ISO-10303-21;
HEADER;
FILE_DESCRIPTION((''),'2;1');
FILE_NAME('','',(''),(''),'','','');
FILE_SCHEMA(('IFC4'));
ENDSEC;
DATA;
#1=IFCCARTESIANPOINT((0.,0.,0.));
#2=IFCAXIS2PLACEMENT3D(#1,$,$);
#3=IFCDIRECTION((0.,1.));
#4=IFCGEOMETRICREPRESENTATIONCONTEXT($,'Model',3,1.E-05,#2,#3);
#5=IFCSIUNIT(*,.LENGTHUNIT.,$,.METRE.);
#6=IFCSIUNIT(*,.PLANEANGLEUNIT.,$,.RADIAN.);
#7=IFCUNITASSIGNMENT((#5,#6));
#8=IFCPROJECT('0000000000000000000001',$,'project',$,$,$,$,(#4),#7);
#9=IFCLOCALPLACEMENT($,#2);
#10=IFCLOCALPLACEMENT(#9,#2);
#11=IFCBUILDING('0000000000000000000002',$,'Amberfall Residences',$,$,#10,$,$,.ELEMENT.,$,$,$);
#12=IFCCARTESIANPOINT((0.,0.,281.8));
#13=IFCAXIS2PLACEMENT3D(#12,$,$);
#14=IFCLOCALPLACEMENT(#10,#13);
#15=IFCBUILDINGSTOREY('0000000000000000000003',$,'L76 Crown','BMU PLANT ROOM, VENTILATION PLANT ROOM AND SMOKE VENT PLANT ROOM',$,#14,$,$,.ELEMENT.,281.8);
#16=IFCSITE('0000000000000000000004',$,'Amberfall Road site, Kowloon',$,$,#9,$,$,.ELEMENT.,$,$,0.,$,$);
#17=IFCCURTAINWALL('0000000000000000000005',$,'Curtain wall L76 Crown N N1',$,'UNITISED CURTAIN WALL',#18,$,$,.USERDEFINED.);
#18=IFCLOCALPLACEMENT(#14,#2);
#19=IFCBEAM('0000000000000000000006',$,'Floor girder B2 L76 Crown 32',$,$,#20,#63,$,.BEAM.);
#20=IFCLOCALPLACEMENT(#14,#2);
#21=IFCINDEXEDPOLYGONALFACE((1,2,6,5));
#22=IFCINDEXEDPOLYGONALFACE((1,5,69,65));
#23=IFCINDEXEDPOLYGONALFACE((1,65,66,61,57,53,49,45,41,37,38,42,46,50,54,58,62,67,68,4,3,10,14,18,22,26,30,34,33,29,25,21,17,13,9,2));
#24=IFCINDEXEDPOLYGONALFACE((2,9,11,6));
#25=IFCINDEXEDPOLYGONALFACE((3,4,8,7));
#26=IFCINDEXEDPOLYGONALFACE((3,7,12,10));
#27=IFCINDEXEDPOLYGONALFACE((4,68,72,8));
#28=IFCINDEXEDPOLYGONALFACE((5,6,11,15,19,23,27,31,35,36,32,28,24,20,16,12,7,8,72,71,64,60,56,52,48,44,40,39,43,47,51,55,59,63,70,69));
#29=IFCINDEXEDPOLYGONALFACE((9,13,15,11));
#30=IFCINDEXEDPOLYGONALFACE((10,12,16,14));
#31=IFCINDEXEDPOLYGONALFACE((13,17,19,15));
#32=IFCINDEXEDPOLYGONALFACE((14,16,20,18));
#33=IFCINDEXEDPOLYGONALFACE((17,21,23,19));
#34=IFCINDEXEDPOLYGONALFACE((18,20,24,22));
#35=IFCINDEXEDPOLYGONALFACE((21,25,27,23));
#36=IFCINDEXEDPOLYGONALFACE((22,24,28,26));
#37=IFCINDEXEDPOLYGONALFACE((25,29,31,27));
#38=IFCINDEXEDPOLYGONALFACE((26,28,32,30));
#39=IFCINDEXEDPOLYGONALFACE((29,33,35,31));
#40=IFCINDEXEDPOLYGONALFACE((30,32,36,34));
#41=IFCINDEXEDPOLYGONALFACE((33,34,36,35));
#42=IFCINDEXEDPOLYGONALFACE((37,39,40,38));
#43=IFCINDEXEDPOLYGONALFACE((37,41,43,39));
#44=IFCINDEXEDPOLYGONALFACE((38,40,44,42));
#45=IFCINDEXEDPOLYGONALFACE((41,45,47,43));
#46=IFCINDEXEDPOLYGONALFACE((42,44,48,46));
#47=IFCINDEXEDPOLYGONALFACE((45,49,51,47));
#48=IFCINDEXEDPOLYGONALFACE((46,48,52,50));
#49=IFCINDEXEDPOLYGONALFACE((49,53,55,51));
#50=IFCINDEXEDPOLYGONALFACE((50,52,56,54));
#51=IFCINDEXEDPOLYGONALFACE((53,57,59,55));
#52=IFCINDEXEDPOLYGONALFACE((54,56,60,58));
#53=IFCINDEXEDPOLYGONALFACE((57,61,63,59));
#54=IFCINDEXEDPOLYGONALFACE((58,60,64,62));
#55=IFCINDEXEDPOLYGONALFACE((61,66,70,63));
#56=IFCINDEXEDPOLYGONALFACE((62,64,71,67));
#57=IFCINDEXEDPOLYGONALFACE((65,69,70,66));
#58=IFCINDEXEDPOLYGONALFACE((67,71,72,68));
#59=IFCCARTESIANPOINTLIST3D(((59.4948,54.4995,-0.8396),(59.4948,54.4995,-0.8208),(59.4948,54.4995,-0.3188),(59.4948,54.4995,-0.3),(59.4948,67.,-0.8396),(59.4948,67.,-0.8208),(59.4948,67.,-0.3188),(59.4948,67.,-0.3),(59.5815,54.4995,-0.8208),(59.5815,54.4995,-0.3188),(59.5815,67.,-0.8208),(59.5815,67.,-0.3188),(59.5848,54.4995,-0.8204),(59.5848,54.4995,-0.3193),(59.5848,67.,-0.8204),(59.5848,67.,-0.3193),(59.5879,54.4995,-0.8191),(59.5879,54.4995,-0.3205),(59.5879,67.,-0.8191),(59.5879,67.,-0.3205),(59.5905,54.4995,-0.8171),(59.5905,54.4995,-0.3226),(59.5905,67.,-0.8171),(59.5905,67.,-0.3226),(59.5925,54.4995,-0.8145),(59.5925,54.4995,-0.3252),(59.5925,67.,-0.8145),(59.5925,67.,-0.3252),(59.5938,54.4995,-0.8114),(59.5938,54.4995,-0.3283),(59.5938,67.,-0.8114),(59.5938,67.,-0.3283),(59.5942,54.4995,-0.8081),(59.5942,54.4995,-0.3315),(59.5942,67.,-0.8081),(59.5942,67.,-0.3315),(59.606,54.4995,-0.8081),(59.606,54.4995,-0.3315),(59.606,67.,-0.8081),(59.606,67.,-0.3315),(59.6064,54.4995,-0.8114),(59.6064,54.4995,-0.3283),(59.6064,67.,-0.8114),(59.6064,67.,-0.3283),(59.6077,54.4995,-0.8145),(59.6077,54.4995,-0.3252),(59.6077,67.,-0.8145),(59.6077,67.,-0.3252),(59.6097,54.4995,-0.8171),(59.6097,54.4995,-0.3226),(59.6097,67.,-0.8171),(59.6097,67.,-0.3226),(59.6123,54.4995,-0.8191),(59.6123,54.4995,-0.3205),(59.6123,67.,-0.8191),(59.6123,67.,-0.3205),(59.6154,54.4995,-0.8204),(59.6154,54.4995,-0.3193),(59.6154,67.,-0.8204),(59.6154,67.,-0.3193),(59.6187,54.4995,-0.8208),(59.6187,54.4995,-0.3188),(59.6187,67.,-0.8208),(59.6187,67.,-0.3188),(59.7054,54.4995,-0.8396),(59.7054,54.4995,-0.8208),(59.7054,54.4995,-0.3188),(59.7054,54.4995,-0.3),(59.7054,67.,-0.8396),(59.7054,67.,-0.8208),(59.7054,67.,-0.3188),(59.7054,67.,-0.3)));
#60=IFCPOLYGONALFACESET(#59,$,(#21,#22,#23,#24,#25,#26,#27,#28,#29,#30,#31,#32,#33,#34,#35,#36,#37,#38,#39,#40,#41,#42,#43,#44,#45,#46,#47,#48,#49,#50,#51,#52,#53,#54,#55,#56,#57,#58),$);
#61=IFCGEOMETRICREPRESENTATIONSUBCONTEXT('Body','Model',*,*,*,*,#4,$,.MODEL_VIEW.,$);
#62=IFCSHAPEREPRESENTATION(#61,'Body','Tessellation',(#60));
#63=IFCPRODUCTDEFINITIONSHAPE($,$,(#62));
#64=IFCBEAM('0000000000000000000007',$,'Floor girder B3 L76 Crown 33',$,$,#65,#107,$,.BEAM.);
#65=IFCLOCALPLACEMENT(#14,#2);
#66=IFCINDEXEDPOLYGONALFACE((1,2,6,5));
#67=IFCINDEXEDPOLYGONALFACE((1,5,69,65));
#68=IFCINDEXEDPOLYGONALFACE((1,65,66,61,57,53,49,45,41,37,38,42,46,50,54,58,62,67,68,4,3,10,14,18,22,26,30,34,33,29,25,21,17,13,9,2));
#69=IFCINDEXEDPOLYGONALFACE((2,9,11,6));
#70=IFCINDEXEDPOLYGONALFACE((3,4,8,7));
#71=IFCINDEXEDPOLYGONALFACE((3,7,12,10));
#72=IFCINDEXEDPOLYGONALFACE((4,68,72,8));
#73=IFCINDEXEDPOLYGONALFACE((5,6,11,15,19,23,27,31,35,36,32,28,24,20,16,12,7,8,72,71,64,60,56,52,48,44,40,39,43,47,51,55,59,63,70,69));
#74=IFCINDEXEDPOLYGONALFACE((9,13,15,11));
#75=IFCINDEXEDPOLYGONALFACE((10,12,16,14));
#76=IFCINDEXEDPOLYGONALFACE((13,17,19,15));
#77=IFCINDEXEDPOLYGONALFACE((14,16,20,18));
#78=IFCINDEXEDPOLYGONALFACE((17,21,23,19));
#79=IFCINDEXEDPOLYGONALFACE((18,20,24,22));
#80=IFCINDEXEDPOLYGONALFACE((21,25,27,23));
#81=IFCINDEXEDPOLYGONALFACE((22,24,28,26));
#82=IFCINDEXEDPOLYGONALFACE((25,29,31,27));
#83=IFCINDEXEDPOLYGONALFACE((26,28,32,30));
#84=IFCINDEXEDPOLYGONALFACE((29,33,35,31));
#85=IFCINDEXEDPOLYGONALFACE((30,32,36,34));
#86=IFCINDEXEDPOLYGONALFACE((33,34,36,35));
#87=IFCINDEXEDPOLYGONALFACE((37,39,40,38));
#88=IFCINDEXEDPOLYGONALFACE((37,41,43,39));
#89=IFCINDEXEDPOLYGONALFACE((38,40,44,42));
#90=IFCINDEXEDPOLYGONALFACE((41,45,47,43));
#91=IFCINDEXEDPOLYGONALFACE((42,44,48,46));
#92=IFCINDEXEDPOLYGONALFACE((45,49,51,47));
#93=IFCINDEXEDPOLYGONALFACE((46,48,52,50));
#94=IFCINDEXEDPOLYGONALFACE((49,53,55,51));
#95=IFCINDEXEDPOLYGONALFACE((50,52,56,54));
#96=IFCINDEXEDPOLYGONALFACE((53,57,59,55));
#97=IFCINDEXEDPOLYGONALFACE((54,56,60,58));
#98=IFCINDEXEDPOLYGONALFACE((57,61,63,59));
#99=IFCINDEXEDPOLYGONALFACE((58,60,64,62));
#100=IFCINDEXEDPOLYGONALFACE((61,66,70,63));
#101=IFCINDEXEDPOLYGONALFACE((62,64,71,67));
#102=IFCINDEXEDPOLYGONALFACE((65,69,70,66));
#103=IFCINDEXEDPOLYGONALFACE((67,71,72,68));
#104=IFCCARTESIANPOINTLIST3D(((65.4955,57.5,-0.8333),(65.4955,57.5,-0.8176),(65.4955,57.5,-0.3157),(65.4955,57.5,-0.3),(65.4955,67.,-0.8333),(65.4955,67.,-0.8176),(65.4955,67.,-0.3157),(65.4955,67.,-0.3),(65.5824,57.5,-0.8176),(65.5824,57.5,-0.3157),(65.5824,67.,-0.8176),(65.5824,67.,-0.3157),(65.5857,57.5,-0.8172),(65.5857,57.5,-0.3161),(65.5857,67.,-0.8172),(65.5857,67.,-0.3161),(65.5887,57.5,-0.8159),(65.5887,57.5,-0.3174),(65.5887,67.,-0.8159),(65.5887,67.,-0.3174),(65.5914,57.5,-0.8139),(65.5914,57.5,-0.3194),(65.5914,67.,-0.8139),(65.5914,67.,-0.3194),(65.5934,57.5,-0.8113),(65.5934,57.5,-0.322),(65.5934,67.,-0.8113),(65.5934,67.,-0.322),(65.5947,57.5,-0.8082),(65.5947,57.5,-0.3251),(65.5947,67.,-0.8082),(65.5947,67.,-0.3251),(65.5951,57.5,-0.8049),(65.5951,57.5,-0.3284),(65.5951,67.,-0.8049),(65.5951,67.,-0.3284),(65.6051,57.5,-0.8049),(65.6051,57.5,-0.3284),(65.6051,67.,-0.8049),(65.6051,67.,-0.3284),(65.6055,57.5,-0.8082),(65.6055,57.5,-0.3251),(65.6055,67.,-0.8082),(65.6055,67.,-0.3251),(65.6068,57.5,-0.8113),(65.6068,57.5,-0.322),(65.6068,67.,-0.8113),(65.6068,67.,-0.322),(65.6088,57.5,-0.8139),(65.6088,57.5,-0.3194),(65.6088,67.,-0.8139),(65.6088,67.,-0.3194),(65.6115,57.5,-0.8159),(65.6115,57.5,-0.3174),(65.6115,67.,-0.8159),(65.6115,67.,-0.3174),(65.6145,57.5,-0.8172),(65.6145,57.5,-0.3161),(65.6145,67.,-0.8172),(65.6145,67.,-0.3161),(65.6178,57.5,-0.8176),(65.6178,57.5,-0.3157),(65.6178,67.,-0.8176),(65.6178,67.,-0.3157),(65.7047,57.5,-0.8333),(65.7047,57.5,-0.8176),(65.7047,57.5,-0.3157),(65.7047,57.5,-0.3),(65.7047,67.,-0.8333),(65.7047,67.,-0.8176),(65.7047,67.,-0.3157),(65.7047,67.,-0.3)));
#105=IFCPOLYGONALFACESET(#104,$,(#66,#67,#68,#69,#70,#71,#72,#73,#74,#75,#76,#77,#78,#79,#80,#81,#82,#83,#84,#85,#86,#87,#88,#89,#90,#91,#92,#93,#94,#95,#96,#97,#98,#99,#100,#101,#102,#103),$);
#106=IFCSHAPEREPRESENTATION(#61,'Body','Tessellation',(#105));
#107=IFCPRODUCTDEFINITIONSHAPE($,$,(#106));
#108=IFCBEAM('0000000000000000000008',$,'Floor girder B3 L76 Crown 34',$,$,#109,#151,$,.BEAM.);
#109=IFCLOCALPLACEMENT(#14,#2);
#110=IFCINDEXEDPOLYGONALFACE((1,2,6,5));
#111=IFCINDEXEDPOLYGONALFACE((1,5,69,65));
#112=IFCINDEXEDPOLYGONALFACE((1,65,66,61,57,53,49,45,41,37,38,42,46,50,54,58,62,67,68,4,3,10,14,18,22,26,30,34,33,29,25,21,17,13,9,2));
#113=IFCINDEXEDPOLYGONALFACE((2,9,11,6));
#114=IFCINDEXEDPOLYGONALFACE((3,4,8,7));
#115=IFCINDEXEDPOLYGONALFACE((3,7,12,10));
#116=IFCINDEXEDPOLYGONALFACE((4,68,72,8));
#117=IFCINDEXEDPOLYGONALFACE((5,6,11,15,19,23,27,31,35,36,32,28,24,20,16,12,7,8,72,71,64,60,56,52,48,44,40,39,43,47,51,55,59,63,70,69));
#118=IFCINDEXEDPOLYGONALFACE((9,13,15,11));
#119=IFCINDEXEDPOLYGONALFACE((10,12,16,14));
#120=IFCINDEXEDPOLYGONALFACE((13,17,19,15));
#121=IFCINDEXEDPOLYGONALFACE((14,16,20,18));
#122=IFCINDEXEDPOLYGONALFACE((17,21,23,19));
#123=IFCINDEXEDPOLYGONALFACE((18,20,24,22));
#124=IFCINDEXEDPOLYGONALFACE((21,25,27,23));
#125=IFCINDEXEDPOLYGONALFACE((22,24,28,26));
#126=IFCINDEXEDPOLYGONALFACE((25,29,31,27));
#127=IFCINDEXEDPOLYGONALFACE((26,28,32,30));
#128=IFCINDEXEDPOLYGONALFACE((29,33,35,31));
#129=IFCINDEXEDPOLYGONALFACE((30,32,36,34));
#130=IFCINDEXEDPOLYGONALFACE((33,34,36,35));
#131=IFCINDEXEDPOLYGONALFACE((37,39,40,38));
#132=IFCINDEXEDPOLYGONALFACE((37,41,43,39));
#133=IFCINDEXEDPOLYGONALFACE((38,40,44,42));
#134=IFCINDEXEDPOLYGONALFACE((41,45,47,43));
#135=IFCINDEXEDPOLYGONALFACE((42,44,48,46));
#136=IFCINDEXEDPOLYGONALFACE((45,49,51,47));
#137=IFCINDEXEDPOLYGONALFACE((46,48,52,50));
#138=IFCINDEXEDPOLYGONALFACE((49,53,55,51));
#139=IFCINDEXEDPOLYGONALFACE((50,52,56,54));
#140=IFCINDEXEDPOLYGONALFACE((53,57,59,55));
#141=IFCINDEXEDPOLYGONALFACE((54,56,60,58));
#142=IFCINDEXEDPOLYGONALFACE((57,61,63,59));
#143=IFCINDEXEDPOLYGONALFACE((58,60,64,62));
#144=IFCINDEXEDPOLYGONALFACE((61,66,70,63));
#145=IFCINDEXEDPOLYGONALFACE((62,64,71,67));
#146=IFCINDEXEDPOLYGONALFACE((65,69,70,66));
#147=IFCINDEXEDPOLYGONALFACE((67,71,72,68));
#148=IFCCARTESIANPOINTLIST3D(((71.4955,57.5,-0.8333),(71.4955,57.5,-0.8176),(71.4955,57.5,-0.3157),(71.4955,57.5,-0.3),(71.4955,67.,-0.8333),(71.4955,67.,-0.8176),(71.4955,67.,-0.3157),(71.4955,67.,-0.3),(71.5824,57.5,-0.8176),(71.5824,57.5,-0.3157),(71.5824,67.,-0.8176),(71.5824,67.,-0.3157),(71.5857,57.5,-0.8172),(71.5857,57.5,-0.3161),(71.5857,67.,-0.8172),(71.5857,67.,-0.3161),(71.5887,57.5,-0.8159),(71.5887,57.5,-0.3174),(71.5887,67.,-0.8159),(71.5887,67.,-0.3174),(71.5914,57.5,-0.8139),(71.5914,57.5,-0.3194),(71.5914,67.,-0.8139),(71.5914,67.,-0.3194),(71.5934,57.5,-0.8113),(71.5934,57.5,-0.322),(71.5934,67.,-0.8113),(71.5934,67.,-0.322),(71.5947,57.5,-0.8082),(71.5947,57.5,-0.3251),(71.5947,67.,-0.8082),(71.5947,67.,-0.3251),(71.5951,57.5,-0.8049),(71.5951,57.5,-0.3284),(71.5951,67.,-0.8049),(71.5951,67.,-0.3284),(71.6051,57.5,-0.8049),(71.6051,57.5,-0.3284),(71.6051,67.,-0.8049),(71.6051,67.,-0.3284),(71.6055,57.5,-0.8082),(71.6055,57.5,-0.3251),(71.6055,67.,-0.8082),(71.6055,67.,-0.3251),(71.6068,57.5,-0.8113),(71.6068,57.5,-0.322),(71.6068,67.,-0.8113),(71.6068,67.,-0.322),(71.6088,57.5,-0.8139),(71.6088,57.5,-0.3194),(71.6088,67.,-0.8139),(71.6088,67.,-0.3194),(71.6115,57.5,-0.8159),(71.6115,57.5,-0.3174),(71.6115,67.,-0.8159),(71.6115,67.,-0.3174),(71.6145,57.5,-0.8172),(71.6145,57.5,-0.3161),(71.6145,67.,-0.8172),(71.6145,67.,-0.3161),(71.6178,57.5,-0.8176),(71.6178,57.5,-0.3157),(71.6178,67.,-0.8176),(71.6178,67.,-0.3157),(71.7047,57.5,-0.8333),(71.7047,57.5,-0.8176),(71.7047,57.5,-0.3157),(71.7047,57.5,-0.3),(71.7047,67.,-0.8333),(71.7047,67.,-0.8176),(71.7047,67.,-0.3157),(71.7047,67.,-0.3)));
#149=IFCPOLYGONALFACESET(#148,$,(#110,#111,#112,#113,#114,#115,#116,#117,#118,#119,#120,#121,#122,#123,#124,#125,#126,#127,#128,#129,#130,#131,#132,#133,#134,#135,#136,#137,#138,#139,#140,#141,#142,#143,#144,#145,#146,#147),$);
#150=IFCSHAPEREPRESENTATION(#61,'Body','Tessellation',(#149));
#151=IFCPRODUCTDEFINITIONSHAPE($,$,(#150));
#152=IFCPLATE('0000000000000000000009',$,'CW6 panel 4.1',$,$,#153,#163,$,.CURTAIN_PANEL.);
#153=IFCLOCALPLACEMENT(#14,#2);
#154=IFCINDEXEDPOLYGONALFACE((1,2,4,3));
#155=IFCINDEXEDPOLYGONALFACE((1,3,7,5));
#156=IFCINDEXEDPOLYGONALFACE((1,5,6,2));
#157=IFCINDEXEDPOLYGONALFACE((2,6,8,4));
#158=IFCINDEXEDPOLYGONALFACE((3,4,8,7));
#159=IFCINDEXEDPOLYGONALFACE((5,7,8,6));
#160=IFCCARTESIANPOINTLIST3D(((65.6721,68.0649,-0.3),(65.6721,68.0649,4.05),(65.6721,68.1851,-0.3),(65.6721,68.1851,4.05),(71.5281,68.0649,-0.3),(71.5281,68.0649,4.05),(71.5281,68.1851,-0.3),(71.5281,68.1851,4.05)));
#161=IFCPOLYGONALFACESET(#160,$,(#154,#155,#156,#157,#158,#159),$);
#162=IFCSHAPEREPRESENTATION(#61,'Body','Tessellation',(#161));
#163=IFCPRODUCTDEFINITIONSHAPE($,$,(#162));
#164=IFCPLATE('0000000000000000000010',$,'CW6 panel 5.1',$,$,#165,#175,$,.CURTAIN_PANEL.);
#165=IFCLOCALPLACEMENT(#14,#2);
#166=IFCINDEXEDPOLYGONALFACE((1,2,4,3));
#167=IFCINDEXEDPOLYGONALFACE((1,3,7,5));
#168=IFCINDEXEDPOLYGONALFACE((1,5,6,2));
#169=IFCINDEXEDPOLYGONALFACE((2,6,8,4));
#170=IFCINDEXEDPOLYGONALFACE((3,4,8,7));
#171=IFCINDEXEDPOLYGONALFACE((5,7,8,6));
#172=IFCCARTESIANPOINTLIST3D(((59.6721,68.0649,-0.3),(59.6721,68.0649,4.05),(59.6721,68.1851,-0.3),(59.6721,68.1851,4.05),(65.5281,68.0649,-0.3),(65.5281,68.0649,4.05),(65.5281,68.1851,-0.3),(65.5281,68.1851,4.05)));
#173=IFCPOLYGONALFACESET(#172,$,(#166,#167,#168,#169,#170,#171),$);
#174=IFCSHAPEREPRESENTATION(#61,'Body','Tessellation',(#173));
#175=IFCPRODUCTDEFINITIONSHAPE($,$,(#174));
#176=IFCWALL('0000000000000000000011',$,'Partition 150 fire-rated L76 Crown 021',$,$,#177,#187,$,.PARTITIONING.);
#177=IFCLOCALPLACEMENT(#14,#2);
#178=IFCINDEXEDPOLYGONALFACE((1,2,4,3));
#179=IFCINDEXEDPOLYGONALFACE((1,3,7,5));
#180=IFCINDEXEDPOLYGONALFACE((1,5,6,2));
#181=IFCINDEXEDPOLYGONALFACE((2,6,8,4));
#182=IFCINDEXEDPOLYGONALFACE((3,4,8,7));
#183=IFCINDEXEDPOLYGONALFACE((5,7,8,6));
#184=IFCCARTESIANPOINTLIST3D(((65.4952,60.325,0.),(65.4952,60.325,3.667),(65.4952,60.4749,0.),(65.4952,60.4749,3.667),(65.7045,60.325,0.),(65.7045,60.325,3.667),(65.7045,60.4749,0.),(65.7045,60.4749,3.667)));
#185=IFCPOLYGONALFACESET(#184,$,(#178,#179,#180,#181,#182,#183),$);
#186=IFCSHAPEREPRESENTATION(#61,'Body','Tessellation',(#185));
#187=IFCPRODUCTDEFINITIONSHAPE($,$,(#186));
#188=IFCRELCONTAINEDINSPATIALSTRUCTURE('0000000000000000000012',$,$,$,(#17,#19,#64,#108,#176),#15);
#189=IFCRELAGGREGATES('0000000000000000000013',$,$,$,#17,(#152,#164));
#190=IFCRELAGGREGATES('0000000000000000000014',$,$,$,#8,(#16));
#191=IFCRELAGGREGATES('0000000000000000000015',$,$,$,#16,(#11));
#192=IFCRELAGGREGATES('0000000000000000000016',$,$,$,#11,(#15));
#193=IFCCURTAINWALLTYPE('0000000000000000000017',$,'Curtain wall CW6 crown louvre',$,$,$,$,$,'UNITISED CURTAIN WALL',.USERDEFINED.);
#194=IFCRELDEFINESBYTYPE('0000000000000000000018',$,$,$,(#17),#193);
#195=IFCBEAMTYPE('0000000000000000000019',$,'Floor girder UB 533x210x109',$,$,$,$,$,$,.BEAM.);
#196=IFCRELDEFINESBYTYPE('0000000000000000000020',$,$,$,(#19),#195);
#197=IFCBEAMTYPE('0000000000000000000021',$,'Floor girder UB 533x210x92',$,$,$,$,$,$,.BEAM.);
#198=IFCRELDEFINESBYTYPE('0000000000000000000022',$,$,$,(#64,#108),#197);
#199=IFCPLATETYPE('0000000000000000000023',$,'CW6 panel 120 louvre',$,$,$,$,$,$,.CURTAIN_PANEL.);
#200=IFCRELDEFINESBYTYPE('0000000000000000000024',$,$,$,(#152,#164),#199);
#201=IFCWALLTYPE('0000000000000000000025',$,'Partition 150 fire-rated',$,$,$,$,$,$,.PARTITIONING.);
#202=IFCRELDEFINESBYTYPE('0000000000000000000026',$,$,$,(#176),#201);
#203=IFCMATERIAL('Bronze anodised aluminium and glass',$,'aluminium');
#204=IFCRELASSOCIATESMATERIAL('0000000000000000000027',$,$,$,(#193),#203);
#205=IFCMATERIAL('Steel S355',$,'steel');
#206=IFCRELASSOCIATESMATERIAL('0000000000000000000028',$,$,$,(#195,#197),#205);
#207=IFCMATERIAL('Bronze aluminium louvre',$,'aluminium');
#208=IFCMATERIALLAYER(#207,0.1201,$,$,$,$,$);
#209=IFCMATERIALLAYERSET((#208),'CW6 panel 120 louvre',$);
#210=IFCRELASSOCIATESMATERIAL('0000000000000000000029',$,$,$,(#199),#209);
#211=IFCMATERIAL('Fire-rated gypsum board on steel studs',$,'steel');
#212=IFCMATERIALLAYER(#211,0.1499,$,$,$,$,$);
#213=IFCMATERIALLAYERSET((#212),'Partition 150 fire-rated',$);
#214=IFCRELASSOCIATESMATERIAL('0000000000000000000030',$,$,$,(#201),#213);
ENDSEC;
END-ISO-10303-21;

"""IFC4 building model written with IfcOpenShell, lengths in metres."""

from ifc_helpers import new_model, si_unit, direction, frame, frame_2d, origin, origin_2d, place, context, subcontext, project, spatial, rectangle, i_section, extrude, material, layer, layer_set, material_profile, profile_set, type_object, element, aggregate, save


model = new_model("IFC4")

# Units and contexts
model_context = context("Model", 3, precision=1e-05, world=origin(), true_north=direction((0.0, 1.0)))
body_context = subcontext(model_context, "Body", "Model", "MODEL_VIEW")
ifc_project = project(units=[si_unit("LENGTHUNIT", "METRE"), si_unit("PLANEANGLEUNIT", "RADIAN")], contexts=[model_context])

# Site, building, storey
site_placement = place(None, origin())
site = spatial("IfcSite", under=ifc_project, at=site_placement, Name="Amberfall Road site, Kowloon", CompositionType="ELEMENT", RefElevation=0.0)
building_placement = place(site_placement, origin())
building = spatial("IfcBuilding", under=site, at=building_placement, Name="Amberfall Residences", CompositionType="ELEMENT")
storey_placement = place(building_placement, frame((0.0, 0.0, 281.8)))
storey = spatial("IfcBuildingStorey", under=building, at=storey_placement, Name="L76 Crown", Description="BMU PLANT ROOM, VENTILATION PLANT ROOM AND SMOKE VENT PLANT ROOM", CompositionType="ELEMENT", Elevation=281.8)

# Curtain wall
ifc_material_1 = material(Name="Bronze anodised aluminium and glass", Category="aluminium")
curtain_wall_type = type_object("IfcCurtainWallType", Name="Curtain wall CW6 crown louvre", ElementType="UNITISED CURTAIN WALL", PredefinedType="USERDEFINED", material=ifc_material_1)
curtain_wall_placement = place(storey_placement, origin())
curtain_wall = element("IfcCurtainWall", 1, at=curtain_wall_placement, inside=storey, type_object=curtain_wall_type, Name="Curtain wall L76 Crown N N1", ObjectType="UNITISED CURTAIN WALL", PredefinedType="USERDEFINED")

# Beams
ifc_material_2 = material(Name="Steel S355", Category="steel")
ifc_material_profile_1 = material_profile(ifc_material_2, i_section(OverallWidth=0.2107, OverallDepth=0.5396, WebThickness=0.0117, FlangeThickness=0.0188, FilletRadius=0.0127, at=origin_2d()), Name="UB 533x210x109")
ifc_profile_set_1 = profile_set([ifc_material_profile_1], Name="Steel S355")
beam_type_1 = type_object("IfcBeamType", Name="Floor girder UB 533x210x109", PredefinedType="BEAM", material=ifc_profile_set_1)
beam_placement = place(storey_placement, frame((59.6001, 67.0, -0.5698), z_axis=(0.0, -1.0, 0.0), x_axis=(1.0, 0.0, 0.0)))
element("IfcBeam", 2, at=beam_placement, inside=storey, type_object=beam_type_1, Name="Floor girder B2 L76 Crown 32", PredefinedType="BEAM", context=body_context, shape_type="SweptSolid", body=[
    extrude(i_section(OverallWidth=0.2107, OverallDepth=0.5396, WebThickness=0.0117, FlangeThickness=0.0188, FilletRadius=0.0127, at=origin_2d()), origin(), (0.0, 0.0, 1.0), 12.5005),
])
ifc_material_profile_2 = material_profile(ifc_material_2, i_section(OverallWidth=0.2092, OverallDepth=0.5332, WebThickness=0.01, FlangeThickness=0.0156, FilletRadius=0.0127, at=origin_2d()), Name="UB 533x210x92")
ifc_profile_set_2 = profile_set([ifc_material_profile_2], Name="Steel S355")
beam_type_2 = type_object("IfcBeamType", Name="Floor girder UB 533x210x92", PredefinedType="BEAM", material=ifc_profile_set_2)
for number, where, z_axis, x_axis, name in (
    (3, (65.6001, 67.0, -0.5667), (0.0, -1.0, 0.0), (1.0, 0.0, 0.0), "Floor girder B3 L76 Crown 33"),
    (4, (71.6001, 67.0, -0.5667), (0.0, -1.0, 0.0), (1.0, 0.0, 0.0), "Floor girder B3 L76 Crown 34"),
):
    element("IfcBeam", number, at=place(storey_placement, frame(where, z_axis=z_axis, x_axis=x_axis)), inside=storey, type_object=beam_type_2, Name=name, PredefinedType="BEAM", context=body_context, shape_type="SweptSolid", body=[
        extrude(i_section(OverallWidth=0.2092, OverallDepth=0.5332, WebThickness=0.01, FlangeThickness=0.0156, FilletRadius=0.0127, at=origin_2d()), origin(), (0.0, 0.0, 1.0), 9.5),
    ])

# Plates
ifc_material_3 = material(Name="Bronze aluminium louvre", Category="aluminium")
ifc_layer_1 = layer(ifc_material_3, 0.1201)
ifc_layer_set_1 = layer_set([ifc_layer_1], Name="CW6 panel 120 louvre")
plate_type = type_object("IfcPlateType", Name="CW6 panel 120 louvre", PredefinedType="CURTAIN_PANEL", material=ifc_layer_set_1)
plate_1_placement = place(storey_placement, frame((68.6001, 68.125, -0.3), z_axis=(0.0, 0.0, 1.0), x_axis=(-1.0, 0.0, 0.0)))
plate_1 = element("IfcPlate", 5, at=plate_1_placement, type_object=plate_type, Name="CW6 panel 4.1", PredefinedType="CURTAIN_PANEL", context=body_context, shape_type="SweptSolid", body=[
    extrude(rectangle(XDim=5.856, YDim=0.1201, at=origin_2d()), origin(), (0.0, 0.0, 1.0), 4.3501),
])
plate_2_placement = place(storey_placement, frame((62.6001, 68.125, -0.3), z_axis=(0.0, 0.0, 1.0), x_axis=(-1.0, 0.0, 0.0)))
plate_2 = element("IfcPlate", 6, at=plate_2_placement, type_object=plate_type, Name="CW6 panel 5.1", PredefinedType="CURTAIN_PANEL", context=body_context, shape_type="SweptSolid", body=[
    extrude(rectangle(XDim=5.856, YDim=0.1201, at=origin_2d()), origin(), (0.0, 0.0, 1.0), 4.3501),
])
aggregate(curtain_wall, [plate_1, plate_2])

# Wall
ifc_material_4 = material(Name="Fire-rated gypsum board on steel studs", Category="steel")
ifc_layer_2 = layer(ifc_material_4, 0.1499)
ifc_layer_set_2 = layer_set([ifc_layer_2], Name="Partition 150 fire-rated")
wall_type = type_object("IfcWallType", Name="Partition 150 fire-rated", PredefinedType="PARTITIONING", material=ifc_layer_set_2)
wall_1_placement = place(storey_placement, frame((65.4954, 60.3999, 0.0), z_axis=(0.0, 0.0, 1.0), x_axis=(1.0, 0.0, 0.0)))
element("IfcWall", 7, at=wall_1_placement, inside=storey, type_object=wall_type, Name="Partition 150 fire-rated L76 Crown 021", PredefinedType="PARTITIONING", context=body_context, shape_type="SweptSolid", body=[
    extrude(rectangle(XDim=0.2092, YDim=0.1499, at=frame_2d((0.1045, 0.0))), origin(), (0.0, 0.0, 1.0), 3.667),
])

save(model, "model.ifc")
